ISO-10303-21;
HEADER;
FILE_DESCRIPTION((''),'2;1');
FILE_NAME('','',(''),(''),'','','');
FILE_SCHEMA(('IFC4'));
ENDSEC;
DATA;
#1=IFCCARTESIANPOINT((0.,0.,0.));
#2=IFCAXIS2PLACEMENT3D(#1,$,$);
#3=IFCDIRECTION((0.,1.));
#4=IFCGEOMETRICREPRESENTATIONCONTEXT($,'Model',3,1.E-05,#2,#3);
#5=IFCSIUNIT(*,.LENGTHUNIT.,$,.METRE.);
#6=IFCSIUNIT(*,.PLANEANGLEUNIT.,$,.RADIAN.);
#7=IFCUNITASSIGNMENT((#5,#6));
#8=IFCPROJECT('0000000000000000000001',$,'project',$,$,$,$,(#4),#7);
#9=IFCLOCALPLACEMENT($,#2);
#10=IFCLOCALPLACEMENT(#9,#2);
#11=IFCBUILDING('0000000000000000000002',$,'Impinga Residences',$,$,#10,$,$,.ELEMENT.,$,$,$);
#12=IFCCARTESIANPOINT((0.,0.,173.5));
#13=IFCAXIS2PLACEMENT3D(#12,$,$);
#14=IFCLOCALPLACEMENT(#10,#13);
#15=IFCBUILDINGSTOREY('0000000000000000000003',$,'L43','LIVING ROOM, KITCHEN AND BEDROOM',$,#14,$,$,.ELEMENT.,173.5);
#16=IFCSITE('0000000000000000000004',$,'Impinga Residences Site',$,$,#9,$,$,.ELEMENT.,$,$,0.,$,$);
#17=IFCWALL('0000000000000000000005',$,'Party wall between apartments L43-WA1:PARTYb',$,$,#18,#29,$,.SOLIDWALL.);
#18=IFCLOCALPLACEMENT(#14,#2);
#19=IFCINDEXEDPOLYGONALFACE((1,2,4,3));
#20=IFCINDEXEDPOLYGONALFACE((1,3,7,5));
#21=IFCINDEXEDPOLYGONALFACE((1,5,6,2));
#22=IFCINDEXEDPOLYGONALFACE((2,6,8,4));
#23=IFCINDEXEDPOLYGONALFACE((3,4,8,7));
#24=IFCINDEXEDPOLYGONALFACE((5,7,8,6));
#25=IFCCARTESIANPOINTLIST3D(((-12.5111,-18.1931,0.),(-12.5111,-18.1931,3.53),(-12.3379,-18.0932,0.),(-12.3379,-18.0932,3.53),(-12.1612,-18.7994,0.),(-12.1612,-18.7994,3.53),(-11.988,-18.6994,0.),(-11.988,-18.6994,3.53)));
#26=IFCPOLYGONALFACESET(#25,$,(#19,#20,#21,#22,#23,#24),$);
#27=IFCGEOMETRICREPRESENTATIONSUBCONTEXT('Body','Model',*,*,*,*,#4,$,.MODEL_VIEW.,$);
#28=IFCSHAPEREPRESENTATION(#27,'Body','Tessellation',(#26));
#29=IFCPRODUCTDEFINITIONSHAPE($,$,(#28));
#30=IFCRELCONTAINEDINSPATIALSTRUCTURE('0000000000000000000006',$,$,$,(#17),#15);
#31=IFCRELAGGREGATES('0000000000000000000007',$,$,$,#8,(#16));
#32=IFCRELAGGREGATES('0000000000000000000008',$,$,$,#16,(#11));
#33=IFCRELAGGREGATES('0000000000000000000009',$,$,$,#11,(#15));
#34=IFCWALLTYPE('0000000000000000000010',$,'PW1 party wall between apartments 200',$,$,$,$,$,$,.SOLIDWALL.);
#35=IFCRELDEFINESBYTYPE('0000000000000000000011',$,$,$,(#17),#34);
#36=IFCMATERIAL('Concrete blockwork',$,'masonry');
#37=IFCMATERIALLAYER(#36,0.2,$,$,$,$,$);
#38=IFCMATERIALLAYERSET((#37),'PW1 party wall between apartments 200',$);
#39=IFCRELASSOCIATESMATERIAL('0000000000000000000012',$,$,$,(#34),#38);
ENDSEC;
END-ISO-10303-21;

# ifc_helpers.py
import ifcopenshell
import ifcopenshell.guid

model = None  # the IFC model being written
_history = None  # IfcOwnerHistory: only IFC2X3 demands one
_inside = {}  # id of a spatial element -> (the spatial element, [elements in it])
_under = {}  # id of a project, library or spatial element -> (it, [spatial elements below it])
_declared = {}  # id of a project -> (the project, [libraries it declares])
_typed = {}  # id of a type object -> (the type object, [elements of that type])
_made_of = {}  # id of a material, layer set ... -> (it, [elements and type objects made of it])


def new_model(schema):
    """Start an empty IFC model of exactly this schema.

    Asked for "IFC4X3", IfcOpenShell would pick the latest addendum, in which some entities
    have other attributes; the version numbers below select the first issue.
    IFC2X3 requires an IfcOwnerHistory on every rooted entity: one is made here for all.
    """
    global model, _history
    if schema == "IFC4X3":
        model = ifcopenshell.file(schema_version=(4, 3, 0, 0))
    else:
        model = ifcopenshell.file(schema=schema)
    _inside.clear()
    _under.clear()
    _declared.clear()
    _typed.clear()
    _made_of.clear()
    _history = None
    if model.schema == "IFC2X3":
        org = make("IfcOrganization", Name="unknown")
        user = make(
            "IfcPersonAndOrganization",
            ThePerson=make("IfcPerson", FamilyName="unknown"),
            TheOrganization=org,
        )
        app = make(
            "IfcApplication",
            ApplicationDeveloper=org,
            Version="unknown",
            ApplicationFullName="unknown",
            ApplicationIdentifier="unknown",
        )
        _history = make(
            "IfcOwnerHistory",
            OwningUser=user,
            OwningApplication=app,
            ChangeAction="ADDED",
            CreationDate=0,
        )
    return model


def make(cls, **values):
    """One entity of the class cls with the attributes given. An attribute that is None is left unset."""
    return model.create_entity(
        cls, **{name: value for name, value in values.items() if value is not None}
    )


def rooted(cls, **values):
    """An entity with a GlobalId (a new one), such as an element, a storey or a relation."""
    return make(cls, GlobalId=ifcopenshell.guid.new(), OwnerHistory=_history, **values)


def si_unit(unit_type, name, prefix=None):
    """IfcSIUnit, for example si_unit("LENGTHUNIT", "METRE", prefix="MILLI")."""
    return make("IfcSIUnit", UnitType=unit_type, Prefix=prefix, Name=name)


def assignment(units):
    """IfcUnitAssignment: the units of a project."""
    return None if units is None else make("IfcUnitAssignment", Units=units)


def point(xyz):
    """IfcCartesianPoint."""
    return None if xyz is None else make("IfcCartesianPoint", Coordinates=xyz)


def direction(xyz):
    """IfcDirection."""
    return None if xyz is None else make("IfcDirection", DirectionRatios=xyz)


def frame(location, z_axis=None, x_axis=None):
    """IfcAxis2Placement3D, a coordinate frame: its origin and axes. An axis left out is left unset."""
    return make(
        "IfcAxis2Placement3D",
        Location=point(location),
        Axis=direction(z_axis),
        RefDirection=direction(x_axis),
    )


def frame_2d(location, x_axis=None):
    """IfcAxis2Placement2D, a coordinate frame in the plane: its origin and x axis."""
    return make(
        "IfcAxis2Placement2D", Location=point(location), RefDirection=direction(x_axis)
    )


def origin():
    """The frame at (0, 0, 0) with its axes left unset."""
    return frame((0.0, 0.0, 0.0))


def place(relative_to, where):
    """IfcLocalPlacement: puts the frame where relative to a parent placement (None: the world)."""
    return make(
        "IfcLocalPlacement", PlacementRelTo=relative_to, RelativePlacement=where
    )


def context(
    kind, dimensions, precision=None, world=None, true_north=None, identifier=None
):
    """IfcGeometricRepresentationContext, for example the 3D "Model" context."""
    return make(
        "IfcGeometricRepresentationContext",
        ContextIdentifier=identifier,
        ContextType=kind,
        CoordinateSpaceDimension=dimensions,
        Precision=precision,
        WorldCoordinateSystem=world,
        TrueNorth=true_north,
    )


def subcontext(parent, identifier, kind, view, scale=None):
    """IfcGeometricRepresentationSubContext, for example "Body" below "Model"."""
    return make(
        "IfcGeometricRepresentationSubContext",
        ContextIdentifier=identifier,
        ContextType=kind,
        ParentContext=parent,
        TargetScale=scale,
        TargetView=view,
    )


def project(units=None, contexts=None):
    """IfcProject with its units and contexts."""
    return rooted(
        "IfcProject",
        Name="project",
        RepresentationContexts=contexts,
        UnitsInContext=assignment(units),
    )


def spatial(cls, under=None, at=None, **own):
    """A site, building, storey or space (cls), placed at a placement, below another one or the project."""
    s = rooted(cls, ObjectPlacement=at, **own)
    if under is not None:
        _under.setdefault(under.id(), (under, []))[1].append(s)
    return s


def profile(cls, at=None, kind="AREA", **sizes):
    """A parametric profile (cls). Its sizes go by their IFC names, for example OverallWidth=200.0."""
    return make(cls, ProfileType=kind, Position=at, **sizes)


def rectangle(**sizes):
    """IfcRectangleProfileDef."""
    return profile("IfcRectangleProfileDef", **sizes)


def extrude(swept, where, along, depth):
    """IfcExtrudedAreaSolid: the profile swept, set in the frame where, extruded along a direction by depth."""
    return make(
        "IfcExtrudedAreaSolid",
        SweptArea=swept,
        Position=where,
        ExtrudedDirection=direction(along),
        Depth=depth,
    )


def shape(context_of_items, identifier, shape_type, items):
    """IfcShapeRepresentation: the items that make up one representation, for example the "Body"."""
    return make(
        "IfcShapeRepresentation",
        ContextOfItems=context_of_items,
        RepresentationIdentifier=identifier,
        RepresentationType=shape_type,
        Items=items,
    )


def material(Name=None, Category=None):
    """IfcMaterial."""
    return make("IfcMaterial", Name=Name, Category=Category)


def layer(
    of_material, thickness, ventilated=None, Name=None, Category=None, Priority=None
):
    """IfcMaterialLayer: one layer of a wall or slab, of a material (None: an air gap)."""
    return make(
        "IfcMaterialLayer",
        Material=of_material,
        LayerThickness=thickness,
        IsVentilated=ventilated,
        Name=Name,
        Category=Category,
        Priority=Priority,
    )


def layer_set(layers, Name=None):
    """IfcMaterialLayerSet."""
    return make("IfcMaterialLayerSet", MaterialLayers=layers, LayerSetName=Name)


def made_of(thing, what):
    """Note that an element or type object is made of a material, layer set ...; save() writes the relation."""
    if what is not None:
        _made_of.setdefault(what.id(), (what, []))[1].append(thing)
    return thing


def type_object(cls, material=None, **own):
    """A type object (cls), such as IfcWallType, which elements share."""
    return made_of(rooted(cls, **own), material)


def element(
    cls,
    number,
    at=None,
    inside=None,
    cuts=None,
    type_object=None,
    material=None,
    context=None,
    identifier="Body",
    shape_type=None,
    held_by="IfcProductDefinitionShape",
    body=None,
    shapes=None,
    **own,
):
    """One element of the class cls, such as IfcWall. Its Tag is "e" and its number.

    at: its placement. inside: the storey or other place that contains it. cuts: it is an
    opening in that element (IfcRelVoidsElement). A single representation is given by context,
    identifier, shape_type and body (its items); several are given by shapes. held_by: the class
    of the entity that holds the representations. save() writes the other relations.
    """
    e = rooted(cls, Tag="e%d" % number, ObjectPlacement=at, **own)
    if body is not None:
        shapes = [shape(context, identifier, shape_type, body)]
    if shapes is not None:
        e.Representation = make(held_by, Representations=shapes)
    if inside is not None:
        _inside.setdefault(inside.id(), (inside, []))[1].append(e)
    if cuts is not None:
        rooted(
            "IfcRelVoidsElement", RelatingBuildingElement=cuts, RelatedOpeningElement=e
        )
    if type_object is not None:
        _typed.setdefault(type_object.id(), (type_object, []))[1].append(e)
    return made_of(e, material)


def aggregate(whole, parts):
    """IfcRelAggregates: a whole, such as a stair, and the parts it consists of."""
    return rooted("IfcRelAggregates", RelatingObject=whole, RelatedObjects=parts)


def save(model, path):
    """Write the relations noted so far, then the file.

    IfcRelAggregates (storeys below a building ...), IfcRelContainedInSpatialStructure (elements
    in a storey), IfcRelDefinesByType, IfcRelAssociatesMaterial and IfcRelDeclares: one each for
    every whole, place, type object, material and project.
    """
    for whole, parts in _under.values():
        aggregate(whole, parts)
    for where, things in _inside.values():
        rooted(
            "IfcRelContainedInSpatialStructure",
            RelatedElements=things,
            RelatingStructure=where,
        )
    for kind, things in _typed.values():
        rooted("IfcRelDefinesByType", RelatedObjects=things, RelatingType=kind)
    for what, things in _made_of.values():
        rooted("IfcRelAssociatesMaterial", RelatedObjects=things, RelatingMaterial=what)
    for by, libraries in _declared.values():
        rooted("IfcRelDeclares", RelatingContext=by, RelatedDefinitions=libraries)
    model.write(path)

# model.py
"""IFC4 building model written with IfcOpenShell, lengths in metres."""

from ifc_helpers import new_model, si_unit, direction, frame, frame_2d, origin, place, context, subcontext, project, spatial, rectangle, extrude, material, layer, layer_set, type_object, element, save


model = new_model("IFC4")

# Units and contexts
model_context = context("Model", 3, precision=1e-05, world=origin(), true_north=direction((0.0, 1.0)))
body_context = subcontext(model_context, "Body", "Model", "MODEL_VIEW")
ifc_project = project(units=[si_unit("LENGTHUNIT", "METRE"), si_unit("PLANEANGLEUNIT", "RADIAN")], contexts=[model_context])

# Site, building, storey
site_placement = place(None, origin())
site = spatial("IfcSite", under=ifc_project, at=site_placement, Name="Impinga Residences Site", CompositionType="ELEMENT", RefElevation=0.0)
building_placement = place(site_placement, origin())
building = spatial("IfcBuilding", under=site, at=building_placement, Name="Impinga Residences", CompositionType="ELEMENT")
storey_placement = place(building_placement, frame((0.0, 0.0, 173.5)))
storey = spatial("IfcBuildingStorey", under=building, at=storey_placement, Name="L43", Description="LIVING ROOM, KITCHEN AND BEDROOM", CompositionType="ELEMENT", Elevation=173.5)

# Wall
ifc_material_1 = material(Name="Concrete blockwork", Category="masonry")
ifc_layer_1 = layer(ifc_material_1, 0.2)
ifc_layer_set_1 = layer_set([ifc_layer_1], Name="PW1 party wall between apartments 200")
wall_type_1 = type_object("IfcWallType", Name="PW1 party wall between apartments 200", PredefinedType="SOLIDWALL", material=ifc_layer_set_1)
wall_1_placement = place(storey_placement, frame((-12.4246, -18.1431, 0.0), z_axis=(0.0, 0.0, 1.0), x_axis=(0.499853, -0.86611, 0.0)))
element("IfcWall", 1, at=wall_1_placement, inside=storey, type_object=wall_type_1, Name="Party wall between apartments L43-WA1:PARTYb", PredefinedType="SOLIDWALL", context=body_context, shape_type="SweptSolid", body=[
    extrude(rectangle(XDim=0.7, YDim=0.2, at=frame_2d((0.3501, 0.0))), origin(), (0.0, 0.0, 1.0), 3.53),
])

save(model, "model.ifc")
